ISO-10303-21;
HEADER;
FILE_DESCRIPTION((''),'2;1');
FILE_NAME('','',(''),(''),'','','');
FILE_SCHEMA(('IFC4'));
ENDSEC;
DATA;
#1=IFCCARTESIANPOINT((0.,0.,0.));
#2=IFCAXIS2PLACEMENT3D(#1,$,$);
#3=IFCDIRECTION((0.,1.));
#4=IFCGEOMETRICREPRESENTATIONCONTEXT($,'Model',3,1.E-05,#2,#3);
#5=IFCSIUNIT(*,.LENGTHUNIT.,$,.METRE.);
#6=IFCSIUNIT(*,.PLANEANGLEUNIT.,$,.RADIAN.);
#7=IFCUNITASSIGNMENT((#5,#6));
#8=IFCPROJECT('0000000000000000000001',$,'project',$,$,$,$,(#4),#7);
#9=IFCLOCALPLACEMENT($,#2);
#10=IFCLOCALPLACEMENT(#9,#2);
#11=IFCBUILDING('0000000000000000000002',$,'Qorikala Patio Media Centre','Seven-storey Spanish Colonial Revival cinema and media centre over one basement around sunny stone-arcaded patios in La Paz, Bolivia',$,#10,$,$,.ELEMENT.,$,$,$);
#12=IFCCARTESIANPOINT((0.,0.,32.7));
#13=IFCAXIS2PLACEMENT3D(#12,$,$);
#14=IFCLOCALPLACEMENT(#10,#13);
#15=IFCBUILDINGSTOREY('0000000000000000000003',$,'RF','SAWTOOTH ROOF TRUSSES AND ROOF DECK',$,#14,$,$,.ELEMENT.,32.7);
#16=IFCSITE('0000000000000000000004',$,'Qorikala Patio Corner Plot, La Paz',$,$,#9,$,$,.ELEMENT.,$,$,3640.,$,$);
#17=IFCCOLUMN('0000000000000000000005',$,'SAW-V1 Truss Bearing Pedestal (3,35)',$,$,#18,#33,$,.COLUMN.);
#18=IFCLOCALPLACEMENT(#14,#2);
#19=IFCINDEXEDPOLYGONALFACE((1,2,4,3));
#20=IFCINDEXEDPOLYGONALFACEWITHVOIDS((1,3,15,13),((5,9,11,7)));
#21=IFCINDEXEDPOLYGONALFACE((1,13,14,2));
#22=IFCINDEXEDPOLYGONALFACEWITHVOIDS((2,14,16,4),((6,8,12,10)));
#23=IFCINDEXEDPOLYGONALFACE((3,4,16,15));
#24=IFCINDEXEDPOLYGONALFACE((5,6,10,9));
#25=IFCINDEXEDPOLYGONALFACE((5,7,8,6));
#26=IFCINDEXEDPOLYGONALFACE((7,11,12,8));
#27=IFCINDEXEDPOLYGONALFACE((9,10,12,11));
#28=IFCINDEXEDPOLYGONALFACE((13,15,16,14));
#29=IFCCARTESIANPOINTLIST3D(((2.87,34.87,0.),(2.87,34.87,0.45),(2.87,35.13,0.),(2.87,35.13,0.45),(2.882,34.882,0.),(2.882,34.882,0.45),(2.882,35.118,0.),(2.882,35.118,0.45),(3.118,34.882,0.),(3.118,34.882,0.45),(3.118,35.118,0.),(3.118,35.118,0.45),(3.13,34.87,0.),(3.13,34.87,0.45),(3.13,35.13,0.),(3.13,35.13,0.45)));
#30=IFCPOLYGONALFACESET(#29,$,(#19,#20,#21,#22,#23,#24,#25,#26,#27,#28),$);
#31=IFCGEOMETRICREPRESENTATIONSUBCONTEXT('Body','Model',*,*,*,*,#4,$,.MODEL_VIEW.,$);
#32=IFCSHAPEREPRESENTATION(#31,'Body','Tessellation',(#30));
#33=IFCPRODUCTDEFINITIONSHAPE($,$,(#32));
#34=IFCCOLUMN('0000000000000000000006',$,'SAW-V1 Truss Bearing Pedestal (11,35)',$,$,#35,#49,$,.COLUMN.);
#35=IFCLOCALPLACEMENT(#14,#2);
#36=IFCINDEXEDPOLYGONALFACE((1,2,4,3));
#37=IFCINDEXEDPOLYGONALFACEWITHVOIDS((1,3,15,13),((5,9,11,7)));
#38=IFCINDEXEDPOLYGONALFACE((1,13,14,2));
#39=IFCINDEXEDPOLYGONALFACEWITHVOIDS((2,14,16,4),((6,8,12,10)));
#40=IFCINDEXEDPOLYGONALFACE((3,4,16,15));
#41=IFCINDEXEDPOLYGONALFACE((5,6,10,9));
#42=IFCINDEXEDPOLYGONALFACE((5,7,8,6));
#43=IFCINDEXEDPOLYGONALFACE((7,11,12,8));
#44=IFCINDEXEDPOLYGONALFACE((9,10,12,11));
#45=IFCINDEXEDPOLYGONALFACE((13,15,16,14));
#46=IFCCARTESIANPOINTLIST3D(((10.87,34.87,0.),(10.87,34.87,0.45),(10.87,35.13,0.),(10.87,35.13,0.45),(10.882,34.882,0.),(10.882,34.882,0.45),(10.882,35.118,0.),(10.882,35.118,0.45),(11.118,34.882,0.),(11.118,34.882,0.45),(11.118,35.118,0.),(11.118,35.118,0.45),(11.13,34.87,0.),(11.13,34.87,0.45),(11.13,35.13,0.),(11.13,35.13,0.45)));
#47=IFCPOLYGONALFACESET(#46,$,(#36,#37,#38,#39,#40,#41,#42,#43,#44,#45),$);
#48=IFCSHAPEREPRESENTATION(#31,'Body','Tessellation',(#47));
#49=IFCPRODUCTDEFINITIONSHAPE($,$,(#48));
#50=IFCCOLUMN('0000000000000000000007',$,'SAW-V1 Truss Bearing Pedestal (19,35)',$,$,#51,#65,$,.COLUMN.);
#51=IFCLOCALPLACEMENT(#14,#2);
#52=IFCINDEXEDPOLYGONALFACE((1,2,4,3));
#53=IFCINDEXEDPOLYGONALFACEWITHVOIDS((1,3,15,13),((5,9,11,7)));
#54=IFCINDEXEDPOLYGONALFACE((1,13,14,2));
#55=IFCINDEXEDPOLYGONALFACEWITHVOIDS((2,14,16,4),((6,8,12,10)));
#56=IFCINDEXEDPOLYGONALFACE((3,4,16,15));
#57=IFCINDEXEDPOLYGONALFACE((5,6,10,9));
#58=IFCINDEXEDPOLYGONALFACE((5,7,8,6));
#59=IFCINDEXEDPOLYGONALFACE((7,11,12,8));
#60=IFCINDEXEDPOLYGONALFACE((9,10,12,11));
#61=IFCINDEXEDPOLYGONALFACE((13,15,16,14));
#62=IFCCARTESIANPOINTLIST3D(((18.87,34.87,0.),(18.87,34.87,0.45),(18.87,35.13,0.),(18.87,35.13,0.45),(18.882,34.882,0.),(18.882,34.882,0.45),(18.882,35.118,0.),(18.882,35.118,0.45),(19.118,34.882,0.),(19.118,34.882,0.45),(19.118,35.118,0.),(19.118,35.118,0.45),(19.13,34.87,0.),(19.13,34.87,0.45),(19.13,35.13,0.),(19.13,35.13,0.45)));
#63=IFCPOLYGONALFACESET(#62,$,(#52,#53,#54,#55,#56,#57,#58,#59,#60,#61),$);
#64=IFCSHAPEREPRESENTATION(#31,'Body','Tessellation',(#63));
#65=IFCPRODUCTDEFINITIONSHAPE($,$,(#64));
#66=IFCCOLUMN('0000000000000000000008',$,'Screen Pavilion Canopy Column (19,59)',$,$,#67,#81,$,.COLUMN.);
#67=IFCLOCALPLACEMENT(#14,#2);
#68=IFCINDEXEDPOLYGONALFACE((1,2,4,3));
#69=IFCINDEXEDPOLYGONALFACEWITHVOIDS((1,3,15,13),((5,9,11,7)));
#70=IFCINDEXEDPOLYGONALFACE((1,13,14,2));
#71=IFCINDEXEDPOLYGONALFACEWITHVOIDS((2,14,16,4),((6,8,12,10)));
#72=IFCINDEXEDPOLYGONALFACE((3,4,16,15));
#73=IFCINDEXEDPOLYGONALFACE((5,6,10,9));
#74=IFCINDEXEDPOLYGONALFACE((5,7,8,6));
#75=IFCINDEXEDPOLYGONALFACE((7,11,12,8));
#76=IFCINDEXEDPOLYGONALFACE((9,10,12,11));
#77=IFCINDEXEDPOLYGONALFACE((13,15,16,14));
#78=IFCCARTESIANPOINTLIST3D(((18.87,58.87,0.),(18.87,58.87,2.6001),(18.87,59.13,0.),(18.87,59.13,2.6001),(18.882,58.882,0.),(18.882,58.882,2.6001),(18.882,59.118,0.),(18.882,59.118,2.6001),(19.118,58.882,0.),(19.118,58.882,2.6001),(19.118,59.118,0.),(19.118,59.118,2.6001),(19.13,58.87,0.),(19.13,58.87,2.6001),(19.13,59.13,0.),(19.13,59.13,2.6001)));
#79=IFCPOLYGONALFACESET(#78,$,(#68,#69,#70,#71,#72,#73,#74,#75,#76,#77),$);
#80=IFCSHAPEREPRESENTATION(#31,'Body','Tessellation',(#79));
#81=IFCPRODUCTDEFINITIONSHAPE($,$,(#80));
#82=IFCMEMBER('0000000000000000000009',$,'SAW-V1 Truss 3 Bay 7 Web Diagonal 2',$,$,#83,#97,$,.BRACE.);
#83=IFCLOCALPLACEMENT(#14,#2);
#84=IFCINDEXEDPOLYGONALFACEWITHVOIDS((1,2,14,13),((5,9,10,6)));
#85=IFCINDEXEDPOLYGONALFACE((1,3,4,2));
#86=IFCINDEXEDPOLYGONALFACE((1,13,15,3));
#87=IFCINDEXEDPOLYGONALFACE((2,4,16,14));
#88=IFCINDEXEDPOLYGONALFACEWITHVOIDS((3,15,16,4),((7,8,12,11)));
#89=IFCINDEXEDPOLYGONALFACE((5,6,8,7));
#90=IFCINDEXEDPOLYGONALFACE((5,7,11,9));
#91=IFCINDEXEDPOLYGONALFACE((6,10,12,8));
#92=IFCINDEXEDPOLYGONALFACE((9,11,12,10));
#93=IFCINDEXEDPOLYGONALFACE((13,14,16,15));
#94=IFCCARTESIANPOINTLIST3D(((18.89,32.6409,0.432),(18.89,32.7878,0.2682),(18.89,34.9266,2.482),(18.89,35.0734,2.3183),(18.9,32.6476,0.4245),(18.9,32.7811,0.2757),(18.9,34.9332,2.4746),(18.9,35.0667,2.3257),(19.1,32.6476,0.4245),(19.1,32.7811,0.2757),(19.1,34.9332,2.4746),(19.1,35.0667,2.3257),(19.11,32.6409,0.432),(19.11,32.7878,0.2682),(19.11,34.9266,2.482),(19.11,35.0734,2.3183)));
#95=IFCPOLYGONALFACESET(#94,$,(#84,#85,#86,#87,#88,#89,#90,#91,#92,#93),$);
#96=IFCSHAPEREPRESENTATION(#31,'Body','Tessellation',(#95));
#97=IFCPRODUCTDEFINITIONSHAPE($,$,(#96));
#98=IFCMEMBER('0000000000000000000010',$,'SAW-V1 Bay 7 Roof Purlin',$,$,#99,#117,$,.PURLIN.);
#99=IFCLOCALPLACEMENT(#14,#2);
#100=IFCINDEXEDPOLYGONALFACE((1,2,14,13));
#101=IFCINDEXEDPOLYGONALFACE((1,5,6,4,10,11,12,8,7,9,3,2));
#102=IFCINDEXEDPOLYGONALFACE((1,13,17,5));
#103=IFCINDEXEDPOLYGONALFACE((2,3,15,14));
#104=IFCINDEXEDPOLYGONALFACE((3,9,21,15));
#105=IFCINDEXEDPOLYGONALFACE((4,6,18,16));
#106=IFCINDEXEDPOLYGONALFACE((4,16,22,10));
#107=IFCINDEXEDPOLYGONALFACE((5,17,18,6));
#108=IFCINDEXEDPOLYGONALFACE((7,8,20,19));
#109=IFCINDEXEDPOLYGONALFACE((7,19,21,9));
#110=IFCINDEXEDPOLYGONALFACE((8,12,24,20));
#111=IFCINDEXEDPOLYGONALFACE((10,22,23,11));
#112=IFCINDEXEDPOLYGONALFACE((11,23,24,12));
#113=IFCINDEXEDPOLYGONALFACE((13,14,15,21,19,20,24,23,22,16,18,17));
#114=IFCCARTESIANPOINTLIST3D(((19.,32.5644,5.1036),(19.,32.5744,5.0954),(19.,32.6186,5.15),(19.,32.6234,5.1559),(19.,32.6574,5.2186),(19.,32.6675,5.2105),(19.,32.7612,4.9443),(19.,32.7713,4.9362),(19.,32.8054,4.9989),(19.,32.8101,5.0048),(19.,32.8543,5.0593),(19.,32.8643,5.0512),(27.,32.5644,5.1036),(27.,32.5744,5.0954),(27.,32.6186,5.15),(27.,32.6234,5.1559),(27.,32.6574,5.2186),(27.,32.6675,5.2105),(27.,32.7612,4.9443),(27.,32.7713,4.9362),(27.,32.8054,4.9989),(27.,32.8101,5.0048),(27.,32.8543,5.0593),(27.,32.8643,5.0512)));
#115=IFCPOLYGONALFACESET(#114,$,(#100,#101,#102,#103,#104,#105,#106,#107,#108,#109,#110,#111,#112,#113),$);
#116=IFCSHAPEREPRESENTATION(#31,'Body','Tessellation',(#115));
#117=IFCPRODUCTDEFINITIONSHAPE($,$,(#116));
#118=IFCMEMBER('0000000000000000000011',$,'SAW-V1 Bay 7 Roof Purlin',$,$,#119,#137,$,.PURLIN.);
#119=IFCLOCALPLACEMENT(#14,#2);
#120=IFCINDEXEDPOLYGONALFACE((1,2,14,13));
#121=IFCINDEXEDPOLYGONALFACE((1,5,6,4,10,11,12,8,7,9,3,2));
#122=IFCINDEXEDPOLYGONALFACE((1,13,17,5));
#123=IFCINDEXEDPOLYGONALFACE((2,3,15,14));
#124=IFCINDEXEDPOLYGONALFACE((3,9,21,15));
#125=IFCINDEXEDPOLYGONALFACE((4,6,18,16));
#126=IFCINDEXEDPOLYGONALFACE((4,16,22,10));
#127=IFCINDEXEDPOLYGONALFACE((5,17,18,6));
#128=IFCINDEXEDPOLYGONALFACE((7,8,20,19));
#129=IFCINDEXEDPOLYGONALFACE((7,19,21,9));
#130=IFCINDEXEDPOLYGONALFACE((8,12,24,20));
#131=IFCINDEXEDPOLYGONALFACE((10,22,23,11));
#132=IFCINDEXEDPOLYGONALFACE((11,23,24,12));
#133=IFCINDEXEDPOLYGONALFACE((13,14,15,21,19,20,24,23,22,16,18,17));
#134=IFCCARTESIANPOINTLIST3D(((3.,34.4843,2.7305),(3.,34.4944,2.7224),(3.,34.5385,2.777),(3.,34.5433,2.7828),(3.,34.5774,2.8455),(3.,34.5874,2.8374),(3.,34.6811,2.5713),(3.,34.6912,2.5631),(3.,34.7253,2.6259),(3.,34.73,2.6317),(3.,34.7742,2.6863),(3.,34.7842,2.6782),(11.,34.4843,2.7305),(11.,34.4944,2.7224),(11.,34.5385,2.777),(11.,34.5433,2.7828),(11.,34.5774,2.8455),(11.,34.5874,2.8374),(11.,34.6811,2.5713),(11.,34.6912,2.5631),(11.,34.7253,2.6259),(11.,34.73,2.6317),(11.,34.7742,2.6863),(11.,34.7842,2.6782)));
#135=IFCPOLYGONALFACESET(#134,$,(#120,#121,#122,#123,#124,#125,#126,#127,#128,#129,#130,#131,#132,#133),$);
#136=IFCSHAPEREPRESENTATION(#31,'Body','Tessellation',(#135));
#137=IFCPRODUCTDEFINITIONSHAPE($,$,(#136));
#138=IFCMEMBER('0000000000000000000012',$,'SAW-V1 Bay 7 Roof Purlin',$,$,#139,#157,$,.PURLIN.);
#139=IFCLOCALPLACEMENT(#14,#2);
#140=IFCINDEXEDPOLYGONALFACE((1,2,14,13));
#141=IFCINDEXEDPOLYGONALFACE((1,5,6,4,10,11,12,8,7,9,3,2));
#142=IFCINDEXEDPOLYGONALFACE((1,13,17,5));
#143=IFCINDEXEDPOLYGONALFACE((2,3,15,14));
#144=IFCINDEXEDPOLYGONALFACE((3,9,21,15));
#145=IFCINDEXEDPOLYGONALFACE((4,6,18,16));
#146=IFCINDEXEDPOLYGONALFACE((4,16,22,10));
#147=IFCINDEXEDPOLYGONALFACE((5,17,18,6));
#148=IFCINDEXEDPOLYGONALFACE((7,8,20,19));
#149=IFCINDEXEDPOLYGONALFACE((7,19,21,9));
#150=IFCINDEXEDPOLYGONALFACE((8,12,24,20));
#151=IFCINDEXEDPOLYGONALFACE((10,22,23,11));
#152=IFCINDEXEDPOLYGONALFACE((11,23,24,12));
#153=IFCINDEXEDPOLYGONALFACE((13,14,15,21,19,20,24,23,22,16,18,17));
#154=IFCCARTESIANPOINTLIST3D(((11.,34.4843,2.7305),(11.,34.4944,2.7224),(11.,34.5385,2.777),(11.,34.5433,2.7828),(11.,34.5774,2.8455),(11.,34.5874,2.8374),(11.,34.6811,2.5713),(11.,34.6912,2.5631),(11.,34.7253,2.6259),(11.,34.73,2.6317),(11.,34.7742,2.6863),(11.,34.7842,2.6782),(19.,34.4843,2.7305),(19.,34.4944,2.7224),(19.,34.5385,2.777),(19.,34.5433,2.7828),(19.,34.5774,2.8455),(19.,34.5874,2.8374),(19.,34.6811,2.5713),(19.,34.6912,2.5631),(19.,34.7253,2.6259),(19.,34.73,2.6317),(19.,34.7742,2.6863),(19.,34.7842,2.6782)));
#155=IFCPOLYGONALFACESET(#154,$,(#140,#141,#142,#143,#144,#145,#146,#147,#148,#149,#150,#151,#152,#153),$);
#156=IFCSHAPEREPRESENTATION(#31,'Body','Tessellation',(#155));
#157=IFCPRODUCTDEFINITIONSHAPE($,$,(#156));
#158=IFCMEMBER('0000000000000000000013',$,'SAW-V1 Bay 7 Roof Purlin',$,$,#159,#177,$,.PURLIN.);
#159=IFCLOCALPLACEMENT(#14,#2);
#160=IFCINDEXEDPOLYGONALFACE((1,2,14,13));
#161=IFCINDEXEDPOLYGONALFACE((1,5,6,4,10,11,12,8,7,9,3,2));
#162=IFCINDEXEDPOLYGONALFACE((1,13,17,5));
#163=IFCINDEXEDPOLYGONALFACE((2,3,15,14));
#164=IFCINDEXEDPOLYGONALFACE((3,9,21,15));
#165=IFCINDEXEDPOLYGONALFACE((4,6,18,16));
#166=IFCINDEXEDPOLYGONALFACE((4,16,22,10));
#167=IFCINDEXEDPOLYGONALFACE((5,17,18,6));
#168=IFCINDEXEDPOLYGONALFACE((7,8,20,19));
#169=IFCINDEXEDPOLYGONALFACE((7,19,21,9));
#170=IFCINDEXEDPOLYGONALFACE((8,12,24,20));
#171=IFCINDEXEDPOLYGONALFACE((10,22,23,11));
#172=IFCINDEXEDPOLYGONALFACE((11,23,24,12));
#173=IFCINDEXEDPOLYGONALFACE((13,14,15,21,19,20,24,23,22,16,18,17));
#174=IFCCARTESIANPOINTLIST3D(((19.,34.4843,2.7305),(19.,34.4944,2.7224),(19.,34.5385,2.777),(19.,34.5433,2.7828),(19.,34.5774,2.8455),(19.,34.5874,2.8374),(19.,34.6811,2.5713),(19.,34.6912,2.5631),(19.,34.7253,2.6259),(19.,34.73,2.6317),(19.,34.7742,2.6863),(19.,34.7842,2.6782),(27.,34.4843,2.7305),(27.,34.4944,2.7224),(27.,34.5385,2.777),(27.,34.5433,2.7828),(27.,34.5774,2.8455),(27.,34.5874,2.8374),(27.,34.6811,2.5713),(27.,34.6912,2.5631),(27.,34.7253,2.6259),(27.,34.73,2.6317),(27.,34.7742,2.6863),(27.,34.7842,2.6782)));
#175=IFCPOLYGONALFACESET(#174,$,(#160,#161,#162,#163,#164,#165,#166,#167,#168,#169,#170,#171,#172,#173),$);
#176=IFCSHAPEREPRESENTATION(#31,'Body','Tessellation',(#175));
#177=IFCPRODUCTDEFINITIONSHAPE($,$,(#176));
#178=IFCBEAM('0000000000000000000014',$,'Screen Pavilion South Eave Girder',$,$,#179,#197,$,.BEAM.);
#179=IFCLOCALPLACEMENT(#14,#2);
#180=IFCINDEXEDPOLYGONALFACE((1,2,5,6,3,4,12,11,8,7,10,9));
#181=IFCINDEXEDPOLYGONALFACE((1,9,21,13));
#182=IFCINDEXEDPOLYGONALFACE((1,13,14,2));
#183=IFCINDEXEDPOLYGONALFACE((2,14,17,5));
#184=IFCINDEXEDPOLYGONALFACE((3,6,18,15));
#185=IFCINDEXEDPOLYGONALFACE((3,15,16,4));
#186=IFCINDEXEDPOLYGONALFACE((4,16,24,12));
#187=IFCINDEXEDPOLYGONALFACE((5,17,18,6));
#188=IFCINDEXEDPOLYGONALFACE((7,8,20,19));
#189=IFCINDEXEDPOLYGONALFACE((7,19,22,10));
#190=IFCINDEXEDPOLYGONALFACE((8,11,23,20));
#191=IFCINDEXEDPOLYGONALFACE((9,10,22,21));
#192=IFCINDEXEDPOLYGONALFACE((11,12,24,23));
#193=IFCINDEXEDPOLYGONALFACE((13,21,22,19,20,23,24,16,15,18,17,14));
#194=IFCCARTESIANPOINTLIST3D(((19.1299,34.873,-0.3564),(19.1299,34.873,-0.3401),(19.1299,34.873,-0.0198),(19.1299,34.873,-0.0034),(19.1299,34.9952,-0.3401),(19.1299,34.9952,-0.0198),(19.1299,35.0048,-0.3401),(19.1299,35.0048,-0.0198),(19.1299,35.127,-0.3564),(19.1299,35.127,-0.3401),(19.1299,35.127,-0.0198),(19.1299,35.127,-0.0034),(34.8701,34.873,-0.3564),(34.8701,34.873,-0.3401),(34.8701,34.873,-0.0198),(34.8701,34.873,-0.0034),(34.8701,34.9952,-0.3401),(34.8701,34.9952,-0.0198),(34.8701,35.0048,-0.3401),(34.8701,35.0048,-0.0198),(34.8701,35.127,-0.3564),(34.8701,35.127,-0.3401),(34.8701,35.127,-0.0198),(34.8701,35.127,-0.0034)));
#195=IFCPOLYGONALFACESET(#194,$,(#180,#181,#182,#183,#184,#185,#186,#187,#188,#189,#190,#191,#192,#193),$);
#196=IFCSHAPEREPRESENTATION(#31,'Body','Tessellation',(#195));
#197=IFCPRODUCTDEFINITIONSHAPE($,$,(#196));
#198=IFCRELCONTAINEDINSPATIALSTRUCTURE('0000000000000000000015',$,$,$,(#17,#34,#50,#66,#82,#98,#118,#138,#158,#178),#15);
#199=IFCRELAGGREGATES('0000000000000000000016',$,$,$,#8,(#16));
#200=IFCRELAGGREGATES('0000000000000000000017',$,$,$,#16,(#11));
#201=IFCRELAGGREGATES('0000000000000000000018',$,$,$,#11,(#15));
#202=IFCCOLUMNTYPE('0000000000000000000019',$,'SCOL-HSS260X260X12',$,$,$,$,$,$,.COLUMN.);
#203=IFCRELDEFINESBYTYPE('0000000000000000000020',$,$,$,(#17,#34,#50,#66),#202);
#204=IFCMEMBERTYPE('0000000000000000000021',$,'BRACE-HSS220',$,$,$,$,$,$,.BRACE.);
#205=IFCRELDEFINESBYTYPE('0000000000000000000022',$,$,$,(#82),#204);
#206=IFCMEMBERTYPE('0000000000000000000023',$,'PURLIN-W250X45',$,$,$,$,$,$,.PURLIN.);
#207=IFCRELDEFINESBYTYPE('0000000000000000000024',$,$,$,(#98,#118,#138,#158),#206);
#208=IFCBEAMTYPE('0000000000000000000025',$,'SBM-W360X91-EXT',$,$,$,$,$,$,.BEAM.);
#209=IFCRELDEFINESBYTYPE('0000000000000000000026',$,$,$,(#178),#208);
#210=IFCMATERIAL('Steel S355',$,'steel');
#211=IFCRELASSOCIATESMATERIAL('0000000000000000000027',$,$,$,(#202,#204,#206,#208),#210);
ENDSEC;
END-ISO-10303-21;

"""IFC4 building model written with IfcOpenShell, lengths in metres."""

from ifc_helpers import new_model, si_unit, direction, frame, origin, origin_2d, place, context, subcontext, project, spatial, hollow_rectangle, i_section, extrude, material, material_profile, profile_set, type_object, element, save


model = new_model("IFC4")

# Units and contexts
model_context = context("Model", 3, precision=1e-05, world=origin(), true_north=direction((0.0, 1.0)))
body_context = subcontext(model_context, "Body", "Model", "MODEL_VIEW")
ifc_project = project(units=[si_unit("LENGTHUNIT", "METRE"), si_unit("PLANEANGLEUNIT", "RADIAN")], contexts=[model_context])

# Site, building, storey
site_placement = place(None, origin())
site = spatial("IfcSite", under=ifc_project, at=site_placement, Name="Qorikala Patio Corner Plot, La Paz", CompositionType="ELEMENT", RefElevation=3640.0)
building_placement = place(site_placement, origin())
building = spatial("IfcBuilding", under=site, at=building_placement, Name="Qorikala Patio Media Centre", Description="Seven-storey Spanish Colonial Revival cinema and media centre over one basement around sunny stone-arcaded patios in La Paz, Bolivia", CompositionType="ELEMENT")
storey_placement = place(building_placement, frame((0.0, 0.0, 32.7)))
storey = spatial("IfcBuildingStorey", under=building, at=storey_placement, Name="RF", Description="SAWTOOTH ROOF TRUSSES AND ROOF DECK", CompositionType="ELEMENT", Elevation=32.7)

# Columns
ifc_material_1 = material(Name="Steel S355", Category="steel")
ifc_material_profile_1 = material_profile(ifc_material_1, hollow_rectangle(XDim=0.26, YDim=0.26, WallThickness=0.012, at=origin_2d()), Name="HSS260X260X12")
ifc_profile_set_1 = profile_set([ifc_material_profile_1], Name="Steel S355")
column_type = type_object("IfcColumnType", Name="SCOL-HSS260X260X12", PredefinedType="COLUMN", material=ifc_profile_set_1)
for number, where, z_axis, x_axis, name in (
    (1, (3.0, 35.0, 0.0), (0.0, 0.0, 1.0), (1.0, 0.0, 0.0), "SAW-V1 Truss Bearing Pedestal (3,35)"),
    (2, (11.0, 35.0, 0.0), (0.0, 0.0, 1.0), (1.0, 0.0, 0.0), "SAW-V1 Truss Bearing Pedestal (11,35)"),
    (3, (19.0, 35.0, 0.0), (0.0, 0.0, 1.0), (1.0, 0.0, 0.0), "SAW-V1 Truss Bearing Pedestal (19,35)"),
):
    element("IfcColumn", number, at=place(storey_placement, frame(where, z_axis=z_axis, x_axis=x_axis)), inside=storey, type_object=column_type, Name=name, PredefinedType="COLUMN", context=body_context, shape_type="SweptSolid", body=[
        extrude(hollow_rectangle(XDim=0.26, YDim=0.26, WallThickness=0.012, at=origin_2d()), origin(), (0.0, 0.0, 1.0), 0.45),
    ])
column_placement = place(storey_placement, frame((19.0, 59.0, 0.0), z_axis=(0.0, 0.0, 1.0), x_axis=(1.0, 0.0, 0.0)))
element("IfcColumn", 4, at=column_placement, inside=storey, type_object=column_type, Name="Screen Pavilion Canopy Column (19,59)", PredefinedType="COLUMN", context=body_context, shape_type="SweptSolid", body=[
    extrude(hollow_rectangle(XDim=0.26, YDim=0.26, WallThickness=0.012, at=origin_2d()), origin(), (0.0, 0.0, 1.0), 2.6001),
])

# Members
ifc_material_profile_2 = material_profile(ifc_material_1, hollow_rectangle(XDim=0.22, YDim=0.22, WallThickness=0.01, at=origin_2d()), Name="HSS220X220X10")
ifc_profile_set_2 = profile_set([ifc_material_profile_2], Name="Steel S355")
member_type_1 = type_object("IfcMemberType", Name="BRACE-HSS220", PredefinedType="BRACE", material=ifc_profile_set_2)
member_placement = place(storey_placement, frame((19.0, 32.7144, 0.3501), z_axis=(0.0, 0.744432, 0.667699), x_axis=(-1.0, 0.0, 0.0)))
element("IfcMember", 5, at=member_placement, inside=storey, type_object=member_type_1, Name="SAW-V1 Truss 3 Bay 7 Web Diagonal 2", PredefinedType="BRACE", context=body_context, shape_type="SweptSolid", body=[
    extrude(hollow_rectangle(XDim=0.22, YDim=0.22, WallThickness=0.01, at=origin_2d()), origin(), (0.0, 0.0, 1.0), 3.0703),
])
ifc_material_profile_3 = material_profile(ifc_material_1, i_section(OverallWidth=0.1479, OverallDepth=0.2661, WebThickness=0.0076, FlangeThickness=0.0129, at=origin_2d()), Name="W250X45")
ifc_profile_set_3 = profile_set([ifc_material_profile_3], Name="Steel S355")
member_type_2 = type_object("IfcMemberType", Name="PURLIN-W250X45", PredefinedType="PURLIN", material=ifc_profile_set_3)
for number, where, z_axis, x_axis, name in (
    (6, (19.0, 32.7144, 5.0774), (1.0, 0.0, 0.0), (0.0, 0.628995, 0.77741), "SAW-V1 Bay 7 Roof Purlin"),
    (7, (3.0, 34.6343, 2.7043), (1.0, 0.0, 0.0), (0.0, 0.628995, 0.77741), "SAW-V1 Bay 7 Roof Purlin"),
    (8, (11.0, 34.6343, 2.7043), (1.0, 0.0, 0.0), (0.0, 0.628995, 0.77741), "SAW-V1 Bay 7 Roof Purlin"),
    (9, (19.0, 34.6343, 2.7043), (1.0, 0.0, 0.0), (0.0, 0.628995, 0.77741), "SAW-V1 Bay 7 Roof Purlin"),
):
    element("IfcMember", number, at=place(storey_placement, frame(where, z_axis=z_axis, x_axis=x_axis)), inside=storey, type_object=member_type_2, Name=name, PredefinedType="PURLIN", context=body_context, shape_type="SweptSolid", body=[
        extrude(i_section(OverallWidth=0.1479, OverallDepth=0.2661, WebThickness=0.0076, FlangeThickness=0.0129, at=origin_2d()), origin(), (0.0, 0.0, 1.0), 8.0),
    ])

# Beam
ifc_material_profile_4 = material_profile(ifc_material_1, i_section(OverallWidth=0.2539, OverallDepth=0.353, WebThickness=0.0095, FlangeThickness=0.0164, at=origin_2d()), Name="W360X91")
ifc_profile_set_4 = profile_set([ifc_material_profile_4], Name="Steel S355")
beam_type = type_object("IfcBeamType", Name="SBM-W360X91-EXT", PredefinedType="BEAM", material=ifc_profile_set_4)
for number, where, z_axis, x_axis, name in (
    (10, (19.1299, 35.0, -0.1799), (1.0, 0.0, 0.0), (0.0, 1.0, 0.0), "Screen Pavilion South Eave Girder"),
):
    element("IfcBeam", number, at=place(storey_placement, frame(where, z_axis=z_axis, x_axis=x_axis)), inside=storey, type_object=beam_type, Name=name, PredefinedType="BEAM", context=body_context, shape_type="SweptSolid", body=[
        extrude(i_section(OverallWidth=0.2539, OverallDepth=0.353, WebThickness=0.0095, FlangeThickness=0.0164, at=origin_2d()), origin(), (0.0, 0.0, 1.0), 15.7402),
    ])

save(model, "model.ifc")
